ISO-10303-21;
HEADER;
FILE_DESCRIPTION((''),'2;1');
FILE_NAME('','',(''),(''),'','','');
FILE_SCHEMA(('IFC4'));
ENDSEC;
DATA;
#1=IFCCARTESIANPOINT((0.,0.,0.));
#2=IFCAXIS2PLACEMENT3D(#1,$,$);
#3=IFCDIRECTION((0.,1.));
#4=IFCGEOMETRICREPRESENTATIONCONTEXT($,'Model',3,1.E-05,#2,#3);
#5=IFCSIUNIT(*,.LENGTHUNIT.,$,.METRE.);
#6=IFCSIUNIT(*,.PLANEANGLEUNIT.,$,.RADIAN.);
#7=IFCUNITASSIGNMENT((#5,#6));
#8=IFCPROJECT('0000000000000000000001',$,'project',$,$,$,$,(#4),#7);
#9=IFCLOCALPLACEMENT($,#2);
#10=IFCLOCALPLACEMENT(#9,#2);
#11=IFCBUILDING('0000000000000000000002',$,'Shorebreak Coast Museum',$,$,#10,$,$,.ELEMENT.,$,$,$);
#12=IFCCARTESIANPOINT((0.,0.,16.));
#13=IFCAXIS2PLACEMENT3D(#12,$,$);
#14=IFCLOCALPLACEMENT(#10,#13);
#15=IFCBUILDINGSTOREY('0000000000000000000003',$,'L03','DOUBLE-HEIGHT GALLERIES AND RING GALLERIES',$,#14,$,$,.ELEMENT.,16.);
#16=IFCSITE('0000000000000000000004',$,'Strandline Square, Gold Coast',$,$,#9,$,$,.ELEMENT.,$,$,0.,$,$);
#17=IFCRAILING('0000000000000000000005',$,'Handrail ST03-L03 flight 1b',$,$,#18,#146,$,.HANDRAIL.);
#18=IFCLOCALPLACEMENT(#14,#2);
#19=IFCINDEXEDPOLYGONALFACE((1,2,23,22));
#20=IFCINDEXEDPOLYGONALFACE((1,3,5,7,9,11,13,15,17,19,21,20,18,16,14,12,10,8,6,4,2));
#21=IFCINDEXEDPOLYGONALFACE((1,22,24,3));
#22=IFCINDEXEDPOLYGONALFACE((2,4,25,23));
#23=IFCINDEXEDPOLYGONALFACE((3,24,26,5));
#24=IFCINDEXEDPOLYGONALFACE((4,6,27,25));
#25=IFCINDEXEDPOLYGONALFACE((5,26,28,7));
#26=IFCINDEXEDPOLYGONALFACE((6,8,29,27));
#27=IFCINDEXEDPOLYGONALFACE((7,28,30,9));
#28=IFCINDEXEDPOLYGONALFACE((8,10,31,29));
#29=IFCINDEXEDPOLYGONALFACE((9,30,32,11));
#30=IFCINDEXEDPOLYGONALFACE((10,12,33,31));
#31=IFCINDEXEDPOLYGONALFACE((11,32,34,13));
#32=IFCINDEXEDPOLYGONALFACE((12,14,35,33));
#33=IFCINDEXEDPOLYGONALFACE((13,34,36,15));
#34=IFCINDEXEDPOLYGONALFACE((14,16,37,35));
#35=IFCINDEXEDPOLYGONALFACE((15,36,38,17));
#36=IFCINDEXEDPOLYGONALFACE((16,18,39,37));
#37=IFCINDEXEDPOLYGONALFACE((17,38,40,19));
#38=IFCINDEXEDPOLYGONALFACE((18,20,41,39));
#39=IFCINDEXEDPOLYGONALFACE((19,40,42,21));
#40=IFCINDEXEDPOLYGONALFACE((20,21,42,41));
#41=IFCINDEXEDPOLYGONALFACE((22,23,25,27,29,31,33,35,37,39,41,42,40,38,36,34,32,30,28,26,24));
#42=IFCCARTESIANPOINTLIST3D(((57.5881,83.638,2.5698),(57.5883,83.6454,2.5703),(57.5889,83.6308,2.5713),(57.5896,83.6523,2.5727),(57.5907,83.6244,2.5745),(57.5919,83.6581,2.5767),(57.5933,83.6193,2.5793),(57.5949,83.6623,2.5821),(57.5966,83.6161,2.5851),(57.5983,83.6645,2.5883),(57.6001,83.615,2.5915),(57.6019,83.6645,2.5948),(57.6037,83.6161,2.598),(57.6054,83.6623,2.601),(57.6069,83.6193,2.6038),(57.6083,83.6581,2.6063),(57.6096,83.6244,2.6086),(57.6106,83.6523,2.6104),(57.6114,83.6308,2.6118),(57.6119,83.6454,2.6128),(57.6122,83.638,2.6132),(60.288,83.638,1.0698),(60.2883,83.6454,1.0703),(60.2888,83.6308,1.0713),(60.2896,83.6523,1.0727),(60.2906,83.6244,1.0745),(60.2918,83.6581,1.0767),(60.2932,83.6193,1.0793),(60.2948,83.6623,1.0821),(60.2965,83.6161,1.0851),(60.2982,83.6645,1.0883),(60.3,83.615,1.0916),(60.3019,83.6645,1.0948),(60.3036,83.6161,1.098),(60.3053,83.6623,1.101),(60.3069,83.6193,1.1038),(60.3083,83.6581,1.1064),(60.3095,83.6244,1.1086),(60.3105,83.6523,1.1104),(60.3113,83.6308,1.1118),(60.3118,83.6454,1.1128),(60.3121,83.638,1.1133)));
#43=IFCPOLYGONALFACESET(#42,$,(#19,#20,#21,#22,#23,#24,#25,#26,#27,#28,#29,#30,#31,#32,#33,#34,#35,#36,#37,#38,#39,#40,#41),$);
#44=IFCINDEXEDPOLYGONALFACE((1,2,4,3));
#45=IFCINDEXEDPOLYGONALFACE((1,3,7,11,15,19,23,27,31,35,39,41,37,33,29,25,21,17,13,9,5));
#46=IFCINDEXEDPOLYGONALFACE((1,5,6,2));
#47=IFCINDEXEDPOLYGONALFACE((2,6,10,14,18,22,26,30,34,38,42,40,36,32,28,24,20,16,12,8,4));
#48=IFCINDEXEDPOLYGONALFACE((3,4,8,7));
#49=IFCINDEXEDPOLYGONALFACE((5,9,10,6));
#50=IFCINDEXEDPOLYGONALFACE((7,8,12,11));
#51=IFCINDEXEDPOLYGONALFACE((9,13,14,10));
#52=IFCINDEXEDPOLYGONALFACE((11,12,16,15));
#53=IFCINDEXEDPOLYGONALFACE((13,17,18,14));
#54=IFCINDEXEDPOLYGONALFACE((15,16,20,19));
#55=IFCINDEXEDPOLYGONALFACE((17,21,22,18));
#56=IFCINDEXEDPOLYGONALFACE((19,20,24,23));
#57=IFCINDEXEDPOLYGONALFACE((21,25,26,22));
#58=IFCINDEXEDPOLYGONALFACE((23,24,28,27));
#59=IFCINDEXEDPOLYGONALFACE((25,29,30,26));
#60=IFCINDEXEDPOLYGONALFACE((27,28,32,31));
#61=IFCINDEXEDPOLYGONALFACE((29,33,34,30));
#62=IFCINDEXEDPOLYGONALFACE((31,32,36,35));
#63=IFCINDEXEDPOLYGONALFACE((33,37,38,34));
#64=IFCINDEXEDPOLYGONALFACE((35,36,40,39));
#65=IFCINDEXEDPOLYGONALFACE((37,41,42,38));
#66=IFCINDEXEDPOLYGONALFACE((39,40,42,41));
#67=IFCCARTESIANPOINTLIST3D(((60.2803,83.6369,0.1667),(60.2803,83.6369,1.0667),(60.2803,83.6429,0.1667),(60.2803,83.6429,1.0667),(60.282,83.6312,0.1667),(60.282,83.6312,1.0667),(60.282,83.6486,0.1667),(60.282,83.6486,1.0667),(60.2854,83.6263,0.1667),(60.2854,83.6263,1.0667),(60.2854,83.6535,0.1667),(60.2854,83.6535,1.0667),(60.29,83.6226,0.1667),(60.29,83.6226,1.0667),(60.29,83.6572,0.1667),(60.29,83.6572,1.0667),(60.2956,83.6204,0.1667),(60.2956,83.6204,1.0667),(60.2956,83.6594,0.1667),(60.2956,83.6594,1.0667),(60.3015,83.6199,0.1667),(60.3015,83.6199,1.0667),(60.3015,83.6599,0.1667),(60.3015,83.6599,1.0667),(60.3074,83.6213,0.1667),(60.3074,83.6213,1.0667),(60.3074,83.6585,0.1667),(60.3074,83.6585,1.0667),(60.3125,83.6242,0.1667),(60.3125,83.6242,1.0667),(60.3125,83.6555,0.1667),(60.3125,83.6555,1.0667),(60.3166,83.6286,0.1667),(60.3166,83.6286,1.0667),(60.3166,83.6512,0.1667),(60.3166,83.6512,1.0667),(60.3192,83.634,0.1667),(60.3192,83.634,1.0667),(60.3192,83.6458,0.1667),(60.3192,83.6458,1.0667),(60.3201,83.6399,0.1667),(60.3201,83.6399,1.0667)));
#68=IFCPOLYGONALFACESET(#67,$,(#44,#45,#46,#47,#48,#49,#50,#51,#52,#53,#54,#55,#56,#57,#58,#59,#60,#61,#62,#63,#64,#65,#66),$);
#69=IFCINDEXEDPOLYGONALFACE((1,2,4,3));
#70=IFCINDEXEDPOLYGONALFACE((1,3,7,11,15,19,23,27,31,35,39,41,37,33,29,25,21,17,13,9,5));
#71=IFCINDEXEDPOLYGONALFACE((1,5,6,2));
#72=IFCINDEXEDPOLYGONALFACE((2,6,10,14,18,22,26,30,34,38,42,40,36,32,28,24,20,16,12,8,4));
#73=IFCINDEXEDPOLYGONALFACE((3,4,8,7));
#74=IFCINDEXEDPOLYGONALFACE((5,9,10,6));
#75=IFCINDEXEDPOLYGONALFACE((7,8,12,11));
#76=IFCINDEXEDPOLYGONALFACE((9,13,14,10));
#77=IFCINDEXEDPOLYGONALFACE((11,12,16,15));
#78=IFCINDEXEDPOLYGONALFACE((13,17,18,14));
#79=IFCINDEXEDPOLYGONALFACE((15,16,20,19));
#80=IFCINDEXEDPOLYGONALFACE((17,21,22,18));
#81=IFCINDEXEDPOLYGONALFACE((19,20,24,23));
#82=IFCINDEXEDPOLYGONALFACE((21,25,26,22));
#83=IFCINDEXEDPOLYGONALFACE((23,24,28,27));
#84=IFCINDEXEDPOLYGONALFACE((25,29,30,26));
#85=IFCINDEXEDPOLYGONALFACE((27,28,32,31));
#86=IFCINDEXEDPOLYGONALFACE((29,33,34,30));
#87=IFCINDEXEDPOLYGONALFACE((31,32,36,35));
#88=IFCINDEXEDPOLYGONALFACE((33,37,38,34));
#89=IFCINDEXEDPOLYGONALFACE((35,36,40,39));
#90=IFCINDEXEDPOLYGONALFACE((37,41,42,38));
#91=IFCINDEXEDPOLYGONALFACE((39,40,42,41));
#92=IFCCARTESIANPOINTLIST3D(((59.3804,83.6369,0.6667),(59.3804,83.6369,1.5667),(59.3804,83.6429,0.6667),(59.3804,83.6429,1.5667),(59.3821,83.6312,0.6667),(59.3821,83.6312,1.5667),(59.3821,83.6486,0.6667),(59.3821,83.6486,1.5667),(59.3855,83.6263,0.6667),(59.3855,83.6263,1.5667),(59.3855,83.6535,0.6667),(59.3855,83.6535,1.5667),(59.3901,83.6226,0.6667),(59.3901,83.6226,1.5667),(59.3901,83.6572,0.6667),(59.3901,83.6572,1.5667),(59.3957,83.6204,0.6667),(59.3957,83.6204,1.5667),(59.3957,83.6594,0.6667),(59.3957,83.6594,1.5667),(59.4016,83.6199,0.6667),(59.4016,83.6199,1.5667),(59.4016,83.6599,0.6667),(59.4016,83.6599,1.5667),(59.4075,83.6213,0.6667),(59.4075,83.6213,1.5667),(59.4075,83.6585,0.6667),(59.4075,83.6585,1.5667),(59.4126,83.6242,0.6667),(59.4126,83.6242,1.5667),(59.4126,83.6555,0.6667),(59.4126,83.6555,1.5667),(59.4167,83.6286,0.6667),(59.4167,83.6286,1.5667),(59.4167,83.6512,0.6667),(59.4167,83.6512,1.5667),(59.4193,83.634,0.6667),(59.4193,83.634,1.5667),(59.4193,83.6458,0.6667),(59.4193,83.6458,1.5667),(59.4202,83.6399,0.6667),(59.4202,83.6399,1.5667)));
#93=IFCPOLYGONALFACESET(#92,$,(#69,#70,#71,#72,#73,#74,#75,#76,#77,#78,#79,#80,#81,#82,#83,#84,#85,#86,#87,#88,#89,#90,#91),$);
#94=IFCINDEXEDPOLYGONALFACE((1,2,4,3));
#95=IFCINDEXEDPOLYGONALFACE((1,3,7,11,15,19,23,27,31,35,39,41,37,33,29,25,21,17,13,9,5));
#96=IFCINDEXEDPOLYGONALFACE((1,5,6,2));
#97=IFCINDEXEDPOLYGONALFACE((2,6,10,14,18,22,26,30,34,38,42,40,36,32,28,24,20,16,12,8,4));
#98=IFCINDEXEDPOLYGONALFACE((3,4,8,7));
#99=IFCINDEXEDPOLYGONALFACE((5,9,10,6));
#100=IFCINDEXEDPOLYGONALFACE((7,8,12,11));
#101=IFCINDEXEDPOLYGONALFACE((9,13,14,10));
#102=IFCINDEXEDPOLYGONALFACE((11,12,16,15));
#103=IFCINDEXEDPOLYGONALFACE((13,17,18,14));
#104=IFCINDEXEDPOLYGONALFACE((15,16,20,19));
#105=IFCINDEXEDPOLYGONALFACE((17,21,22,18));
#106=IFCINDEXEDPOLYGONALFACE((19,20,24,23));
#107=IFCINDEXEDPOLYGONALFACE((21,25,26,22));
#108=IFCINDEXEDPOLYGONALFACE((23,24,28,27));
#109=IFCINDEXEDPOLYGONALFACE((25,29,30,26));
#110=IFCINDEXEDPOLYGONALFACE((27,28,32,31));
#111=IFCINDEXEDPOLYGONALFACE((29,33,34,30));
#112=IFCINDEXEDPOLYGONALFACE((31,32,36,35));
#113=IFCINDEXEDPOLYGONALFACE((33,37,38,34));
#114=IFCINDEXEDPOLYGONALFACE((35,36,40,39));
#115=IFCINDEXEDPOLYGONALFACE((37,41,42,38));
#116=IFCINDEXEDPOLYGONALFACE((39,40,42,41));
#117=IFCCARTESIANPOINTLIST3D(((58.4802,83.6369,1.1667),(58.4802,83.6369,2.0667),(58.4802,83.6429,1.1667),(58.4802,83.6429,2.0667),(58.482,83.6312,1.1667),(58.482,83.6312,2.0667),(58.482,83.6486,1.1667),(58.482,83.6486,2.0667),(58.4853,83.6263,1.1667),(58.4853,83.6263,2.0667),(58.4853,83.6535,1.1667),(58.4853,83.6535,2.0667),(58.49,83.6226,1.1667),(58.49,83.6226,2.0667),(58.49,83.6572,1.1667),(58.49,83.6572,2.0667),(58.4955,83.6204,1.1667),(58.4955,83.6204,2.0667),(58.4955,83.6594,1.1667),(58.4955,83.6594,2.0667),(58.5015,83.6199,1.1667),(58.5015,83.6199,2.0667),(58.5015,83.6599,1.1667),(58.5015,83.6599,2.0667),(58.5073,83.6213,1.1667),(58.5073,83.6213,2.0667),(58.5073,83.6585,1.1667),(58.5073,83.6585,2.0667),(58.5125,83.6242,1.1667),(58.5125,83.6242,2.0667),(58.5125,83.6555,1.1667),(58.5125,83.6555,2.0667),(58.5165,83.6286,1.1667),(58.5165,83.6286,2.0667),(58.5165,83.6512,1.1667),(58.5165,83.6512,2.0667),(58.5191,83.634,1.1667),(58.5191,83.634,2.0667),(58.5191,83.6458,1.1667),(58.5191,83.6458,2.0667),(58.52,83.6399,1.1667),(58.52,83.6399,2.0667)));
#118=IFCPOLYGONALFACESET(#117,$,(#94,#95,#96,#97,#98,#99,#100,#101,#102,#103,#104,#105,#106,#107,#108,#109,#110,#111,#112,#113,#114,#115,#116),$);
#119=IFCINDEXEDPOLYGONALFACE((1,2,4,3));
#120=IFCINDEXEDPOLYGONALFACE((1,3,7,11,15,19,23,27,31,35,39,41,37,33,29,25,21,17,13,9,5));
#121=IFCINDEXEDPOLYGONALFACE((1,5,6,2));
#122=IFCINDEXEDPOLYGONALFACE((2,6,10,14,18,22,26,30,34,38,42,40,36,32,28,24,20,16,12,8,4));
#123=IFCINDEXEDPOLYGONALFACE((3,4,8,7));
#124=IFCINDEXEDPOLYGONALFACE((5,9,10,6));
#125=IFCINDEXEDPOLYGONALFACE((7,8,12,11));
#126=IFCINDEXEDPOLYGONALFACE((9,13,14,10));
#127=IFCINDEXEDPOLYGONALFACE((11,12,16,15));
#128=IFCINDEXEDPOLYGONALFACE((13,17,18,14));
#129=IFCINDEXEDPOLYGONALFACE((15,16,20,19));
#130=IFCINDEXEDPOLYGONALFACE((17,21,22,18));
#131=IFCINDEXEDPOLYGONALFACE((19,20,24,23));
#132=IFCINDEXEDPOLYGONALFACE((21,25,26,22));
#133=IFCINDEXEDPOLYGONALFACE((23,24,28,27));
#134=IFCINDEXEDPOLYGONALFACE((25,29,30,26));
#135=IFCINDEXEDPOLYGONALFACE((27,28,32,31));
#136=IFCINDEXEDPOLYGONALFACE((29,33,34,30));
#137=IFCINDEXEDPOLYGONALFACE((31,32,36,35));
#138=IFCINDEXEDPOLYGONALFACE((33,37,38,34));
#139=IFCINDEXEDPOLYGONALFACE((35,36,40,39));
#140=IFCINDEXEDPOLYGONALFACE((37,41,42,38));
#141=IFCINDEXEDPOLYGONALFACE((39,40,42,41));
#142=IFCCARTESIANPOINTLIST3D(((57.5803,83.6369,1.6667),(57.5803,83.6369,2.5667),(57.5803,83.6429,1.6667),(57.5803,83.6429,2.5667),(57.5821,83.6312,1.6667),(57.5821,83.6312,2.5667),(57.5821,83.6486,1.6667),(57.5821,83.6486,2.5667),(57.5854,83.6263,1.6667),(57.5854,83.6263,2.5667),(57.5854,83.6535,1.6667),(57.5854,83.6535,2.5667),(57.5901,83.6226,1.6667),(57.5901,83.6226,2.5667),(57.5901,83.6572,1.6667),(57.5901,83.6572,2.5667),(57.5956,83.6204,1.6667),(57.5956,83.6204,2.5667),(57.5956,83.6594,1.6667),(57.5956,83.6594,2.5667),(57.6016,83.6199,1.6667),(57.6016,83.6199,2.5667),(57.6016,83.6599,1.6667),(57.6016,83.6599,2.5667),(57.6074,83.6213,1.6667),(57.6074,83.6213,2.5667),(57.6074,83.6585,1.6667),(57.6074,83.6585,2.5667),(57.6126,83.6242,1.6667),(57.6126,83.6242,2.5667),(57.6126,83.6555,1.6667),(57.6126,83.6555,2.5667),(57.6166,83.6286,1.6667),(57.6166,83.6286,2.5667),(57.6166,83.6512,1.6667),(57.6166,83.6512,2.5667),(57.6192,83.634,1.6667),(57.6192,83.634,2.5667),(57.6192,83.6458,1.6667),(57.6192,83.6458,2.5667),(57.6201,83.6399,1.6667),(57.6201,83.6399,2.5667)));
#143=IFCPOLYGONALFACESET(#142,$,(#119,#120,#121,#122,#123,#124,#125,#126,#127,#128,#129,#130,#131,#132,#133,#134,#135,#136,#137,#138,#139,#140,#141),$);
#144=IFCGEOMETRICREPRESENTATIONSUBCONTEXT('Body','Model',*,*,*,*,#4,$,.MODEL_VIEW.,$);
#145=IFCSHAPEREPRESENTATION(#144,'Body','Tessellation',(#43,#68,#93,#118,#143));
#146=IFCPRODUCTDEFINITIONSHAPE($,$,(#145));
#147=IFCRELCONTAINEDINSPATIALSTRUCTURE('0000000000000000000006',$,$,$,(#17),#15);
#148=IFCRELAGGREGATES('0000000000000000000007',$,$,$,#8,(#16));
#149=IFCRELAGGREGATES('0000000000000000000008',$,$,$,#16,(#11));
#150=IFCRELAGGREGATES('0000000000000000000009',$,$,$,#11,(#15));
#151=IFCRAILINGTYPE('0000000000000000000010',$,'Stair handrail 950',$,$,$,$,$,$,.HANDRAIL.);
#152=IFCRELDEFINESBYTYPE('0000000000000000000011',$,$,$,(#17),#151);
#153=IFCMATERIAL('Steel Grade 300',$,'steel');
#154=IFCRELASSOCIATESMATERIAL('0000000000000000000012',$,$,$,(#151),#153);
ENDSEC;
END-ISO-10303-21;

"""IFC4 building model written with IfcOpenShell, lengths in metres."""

from ifc_helpers import new_model, si_unit, direction, frame, origin, origin_2d, place, context, subcontext, project, spatial, circle, extrude, material, type_object, element, save


model = new_model("IFC4")

# Units and contexts
model_context = context("Model", 3, precision=1e-05, world=origin(), true_north=direction((0.0, 1.0)))
body_context = subcontext(model_context, "Body", "Model", "MODEL_VIEW")
ifc_project = project(units=[si_unit("LENGTHUNIT", "METRE"), si_unit("PLANEANGLEUNIT", "RADIAN")], contexts=[model_context])

# Site, building, storey
site_placement = place(None, origin())
site = spatial("IfcSite", under=ifc_project, at=site_placement, Name="Strandline Square, Gold Coast", CompositionType="ELEMENT", RefElevation=0.0)
building_placement = place(site_placement, origin())
building = spatial("IfcBuilding", under=site, at=building_placement, Name="Shorebreak Coast Museum", CompositionType="ELEMENT")
storey_placement = place(building_placement, frame((0.0, 0.0, 16.0)))
storey = spatial("IfcBuildingStorey", under=building, at=storey_placement, Name="L03", Description="DOUBLE-HEIGHT GALLERIES AND RING GALLERIES", CompositionType="ELEMENT", Elevation=16.0)

# Railing
ifc_material_1 = material(Name="Steel Grade 300", Category="steel")
railing_type_1 = type_object("IfcRailingType", Name="Stair handrail 950", PredefinedType="HANDRAIL", material=ifc_material_1)
for number, where, name in (
    (1, (60.3, 83.6399, 0.1667), "Handrail ST03-L03 flight 1b"),
):
    element("IfcRailing", number, at=place(storey_placement, frame(where)), inside=storey, type_object=railing_type_1, Name=name, PredefinedType="HANDRAIL", context=body_context, shape_type="SweptSolid", body=[
        extrude(circle(Radius=0.0249, at=origin_2d()), frame((0.0, 0.0, 0.9248), z_axis=(-0.874154, 0.0, 0.48565), x_axis=(0.0, -1.0, 0.0)), (0.0, 0.0, 1.0), 3.0886),
        extrude(circle(Radius=0.02, at=origin_2d()), origin(), (0.0, 0.0, 1.0), 0.8999),
        extrude(circle(Radius=0.02, at=origin_2d()), frame((-0.8999, 0.0, 0.5)), (0.0, 0.0, 1.0), 0.8999),
        extrude(circle(Radius=0.02, at=origin_2d()), frame((-1.8, 0.0, 1.0)), (0.0, 0.0, 1.0), 0.8999),
        extrude(circle(Radius=0.02, at=origin_2d()), frame((-2.7, 0.0, 1.5)), (0.0, 0.0, 1.0), 0.8999),
    ])

save(model, "model.ifc")
